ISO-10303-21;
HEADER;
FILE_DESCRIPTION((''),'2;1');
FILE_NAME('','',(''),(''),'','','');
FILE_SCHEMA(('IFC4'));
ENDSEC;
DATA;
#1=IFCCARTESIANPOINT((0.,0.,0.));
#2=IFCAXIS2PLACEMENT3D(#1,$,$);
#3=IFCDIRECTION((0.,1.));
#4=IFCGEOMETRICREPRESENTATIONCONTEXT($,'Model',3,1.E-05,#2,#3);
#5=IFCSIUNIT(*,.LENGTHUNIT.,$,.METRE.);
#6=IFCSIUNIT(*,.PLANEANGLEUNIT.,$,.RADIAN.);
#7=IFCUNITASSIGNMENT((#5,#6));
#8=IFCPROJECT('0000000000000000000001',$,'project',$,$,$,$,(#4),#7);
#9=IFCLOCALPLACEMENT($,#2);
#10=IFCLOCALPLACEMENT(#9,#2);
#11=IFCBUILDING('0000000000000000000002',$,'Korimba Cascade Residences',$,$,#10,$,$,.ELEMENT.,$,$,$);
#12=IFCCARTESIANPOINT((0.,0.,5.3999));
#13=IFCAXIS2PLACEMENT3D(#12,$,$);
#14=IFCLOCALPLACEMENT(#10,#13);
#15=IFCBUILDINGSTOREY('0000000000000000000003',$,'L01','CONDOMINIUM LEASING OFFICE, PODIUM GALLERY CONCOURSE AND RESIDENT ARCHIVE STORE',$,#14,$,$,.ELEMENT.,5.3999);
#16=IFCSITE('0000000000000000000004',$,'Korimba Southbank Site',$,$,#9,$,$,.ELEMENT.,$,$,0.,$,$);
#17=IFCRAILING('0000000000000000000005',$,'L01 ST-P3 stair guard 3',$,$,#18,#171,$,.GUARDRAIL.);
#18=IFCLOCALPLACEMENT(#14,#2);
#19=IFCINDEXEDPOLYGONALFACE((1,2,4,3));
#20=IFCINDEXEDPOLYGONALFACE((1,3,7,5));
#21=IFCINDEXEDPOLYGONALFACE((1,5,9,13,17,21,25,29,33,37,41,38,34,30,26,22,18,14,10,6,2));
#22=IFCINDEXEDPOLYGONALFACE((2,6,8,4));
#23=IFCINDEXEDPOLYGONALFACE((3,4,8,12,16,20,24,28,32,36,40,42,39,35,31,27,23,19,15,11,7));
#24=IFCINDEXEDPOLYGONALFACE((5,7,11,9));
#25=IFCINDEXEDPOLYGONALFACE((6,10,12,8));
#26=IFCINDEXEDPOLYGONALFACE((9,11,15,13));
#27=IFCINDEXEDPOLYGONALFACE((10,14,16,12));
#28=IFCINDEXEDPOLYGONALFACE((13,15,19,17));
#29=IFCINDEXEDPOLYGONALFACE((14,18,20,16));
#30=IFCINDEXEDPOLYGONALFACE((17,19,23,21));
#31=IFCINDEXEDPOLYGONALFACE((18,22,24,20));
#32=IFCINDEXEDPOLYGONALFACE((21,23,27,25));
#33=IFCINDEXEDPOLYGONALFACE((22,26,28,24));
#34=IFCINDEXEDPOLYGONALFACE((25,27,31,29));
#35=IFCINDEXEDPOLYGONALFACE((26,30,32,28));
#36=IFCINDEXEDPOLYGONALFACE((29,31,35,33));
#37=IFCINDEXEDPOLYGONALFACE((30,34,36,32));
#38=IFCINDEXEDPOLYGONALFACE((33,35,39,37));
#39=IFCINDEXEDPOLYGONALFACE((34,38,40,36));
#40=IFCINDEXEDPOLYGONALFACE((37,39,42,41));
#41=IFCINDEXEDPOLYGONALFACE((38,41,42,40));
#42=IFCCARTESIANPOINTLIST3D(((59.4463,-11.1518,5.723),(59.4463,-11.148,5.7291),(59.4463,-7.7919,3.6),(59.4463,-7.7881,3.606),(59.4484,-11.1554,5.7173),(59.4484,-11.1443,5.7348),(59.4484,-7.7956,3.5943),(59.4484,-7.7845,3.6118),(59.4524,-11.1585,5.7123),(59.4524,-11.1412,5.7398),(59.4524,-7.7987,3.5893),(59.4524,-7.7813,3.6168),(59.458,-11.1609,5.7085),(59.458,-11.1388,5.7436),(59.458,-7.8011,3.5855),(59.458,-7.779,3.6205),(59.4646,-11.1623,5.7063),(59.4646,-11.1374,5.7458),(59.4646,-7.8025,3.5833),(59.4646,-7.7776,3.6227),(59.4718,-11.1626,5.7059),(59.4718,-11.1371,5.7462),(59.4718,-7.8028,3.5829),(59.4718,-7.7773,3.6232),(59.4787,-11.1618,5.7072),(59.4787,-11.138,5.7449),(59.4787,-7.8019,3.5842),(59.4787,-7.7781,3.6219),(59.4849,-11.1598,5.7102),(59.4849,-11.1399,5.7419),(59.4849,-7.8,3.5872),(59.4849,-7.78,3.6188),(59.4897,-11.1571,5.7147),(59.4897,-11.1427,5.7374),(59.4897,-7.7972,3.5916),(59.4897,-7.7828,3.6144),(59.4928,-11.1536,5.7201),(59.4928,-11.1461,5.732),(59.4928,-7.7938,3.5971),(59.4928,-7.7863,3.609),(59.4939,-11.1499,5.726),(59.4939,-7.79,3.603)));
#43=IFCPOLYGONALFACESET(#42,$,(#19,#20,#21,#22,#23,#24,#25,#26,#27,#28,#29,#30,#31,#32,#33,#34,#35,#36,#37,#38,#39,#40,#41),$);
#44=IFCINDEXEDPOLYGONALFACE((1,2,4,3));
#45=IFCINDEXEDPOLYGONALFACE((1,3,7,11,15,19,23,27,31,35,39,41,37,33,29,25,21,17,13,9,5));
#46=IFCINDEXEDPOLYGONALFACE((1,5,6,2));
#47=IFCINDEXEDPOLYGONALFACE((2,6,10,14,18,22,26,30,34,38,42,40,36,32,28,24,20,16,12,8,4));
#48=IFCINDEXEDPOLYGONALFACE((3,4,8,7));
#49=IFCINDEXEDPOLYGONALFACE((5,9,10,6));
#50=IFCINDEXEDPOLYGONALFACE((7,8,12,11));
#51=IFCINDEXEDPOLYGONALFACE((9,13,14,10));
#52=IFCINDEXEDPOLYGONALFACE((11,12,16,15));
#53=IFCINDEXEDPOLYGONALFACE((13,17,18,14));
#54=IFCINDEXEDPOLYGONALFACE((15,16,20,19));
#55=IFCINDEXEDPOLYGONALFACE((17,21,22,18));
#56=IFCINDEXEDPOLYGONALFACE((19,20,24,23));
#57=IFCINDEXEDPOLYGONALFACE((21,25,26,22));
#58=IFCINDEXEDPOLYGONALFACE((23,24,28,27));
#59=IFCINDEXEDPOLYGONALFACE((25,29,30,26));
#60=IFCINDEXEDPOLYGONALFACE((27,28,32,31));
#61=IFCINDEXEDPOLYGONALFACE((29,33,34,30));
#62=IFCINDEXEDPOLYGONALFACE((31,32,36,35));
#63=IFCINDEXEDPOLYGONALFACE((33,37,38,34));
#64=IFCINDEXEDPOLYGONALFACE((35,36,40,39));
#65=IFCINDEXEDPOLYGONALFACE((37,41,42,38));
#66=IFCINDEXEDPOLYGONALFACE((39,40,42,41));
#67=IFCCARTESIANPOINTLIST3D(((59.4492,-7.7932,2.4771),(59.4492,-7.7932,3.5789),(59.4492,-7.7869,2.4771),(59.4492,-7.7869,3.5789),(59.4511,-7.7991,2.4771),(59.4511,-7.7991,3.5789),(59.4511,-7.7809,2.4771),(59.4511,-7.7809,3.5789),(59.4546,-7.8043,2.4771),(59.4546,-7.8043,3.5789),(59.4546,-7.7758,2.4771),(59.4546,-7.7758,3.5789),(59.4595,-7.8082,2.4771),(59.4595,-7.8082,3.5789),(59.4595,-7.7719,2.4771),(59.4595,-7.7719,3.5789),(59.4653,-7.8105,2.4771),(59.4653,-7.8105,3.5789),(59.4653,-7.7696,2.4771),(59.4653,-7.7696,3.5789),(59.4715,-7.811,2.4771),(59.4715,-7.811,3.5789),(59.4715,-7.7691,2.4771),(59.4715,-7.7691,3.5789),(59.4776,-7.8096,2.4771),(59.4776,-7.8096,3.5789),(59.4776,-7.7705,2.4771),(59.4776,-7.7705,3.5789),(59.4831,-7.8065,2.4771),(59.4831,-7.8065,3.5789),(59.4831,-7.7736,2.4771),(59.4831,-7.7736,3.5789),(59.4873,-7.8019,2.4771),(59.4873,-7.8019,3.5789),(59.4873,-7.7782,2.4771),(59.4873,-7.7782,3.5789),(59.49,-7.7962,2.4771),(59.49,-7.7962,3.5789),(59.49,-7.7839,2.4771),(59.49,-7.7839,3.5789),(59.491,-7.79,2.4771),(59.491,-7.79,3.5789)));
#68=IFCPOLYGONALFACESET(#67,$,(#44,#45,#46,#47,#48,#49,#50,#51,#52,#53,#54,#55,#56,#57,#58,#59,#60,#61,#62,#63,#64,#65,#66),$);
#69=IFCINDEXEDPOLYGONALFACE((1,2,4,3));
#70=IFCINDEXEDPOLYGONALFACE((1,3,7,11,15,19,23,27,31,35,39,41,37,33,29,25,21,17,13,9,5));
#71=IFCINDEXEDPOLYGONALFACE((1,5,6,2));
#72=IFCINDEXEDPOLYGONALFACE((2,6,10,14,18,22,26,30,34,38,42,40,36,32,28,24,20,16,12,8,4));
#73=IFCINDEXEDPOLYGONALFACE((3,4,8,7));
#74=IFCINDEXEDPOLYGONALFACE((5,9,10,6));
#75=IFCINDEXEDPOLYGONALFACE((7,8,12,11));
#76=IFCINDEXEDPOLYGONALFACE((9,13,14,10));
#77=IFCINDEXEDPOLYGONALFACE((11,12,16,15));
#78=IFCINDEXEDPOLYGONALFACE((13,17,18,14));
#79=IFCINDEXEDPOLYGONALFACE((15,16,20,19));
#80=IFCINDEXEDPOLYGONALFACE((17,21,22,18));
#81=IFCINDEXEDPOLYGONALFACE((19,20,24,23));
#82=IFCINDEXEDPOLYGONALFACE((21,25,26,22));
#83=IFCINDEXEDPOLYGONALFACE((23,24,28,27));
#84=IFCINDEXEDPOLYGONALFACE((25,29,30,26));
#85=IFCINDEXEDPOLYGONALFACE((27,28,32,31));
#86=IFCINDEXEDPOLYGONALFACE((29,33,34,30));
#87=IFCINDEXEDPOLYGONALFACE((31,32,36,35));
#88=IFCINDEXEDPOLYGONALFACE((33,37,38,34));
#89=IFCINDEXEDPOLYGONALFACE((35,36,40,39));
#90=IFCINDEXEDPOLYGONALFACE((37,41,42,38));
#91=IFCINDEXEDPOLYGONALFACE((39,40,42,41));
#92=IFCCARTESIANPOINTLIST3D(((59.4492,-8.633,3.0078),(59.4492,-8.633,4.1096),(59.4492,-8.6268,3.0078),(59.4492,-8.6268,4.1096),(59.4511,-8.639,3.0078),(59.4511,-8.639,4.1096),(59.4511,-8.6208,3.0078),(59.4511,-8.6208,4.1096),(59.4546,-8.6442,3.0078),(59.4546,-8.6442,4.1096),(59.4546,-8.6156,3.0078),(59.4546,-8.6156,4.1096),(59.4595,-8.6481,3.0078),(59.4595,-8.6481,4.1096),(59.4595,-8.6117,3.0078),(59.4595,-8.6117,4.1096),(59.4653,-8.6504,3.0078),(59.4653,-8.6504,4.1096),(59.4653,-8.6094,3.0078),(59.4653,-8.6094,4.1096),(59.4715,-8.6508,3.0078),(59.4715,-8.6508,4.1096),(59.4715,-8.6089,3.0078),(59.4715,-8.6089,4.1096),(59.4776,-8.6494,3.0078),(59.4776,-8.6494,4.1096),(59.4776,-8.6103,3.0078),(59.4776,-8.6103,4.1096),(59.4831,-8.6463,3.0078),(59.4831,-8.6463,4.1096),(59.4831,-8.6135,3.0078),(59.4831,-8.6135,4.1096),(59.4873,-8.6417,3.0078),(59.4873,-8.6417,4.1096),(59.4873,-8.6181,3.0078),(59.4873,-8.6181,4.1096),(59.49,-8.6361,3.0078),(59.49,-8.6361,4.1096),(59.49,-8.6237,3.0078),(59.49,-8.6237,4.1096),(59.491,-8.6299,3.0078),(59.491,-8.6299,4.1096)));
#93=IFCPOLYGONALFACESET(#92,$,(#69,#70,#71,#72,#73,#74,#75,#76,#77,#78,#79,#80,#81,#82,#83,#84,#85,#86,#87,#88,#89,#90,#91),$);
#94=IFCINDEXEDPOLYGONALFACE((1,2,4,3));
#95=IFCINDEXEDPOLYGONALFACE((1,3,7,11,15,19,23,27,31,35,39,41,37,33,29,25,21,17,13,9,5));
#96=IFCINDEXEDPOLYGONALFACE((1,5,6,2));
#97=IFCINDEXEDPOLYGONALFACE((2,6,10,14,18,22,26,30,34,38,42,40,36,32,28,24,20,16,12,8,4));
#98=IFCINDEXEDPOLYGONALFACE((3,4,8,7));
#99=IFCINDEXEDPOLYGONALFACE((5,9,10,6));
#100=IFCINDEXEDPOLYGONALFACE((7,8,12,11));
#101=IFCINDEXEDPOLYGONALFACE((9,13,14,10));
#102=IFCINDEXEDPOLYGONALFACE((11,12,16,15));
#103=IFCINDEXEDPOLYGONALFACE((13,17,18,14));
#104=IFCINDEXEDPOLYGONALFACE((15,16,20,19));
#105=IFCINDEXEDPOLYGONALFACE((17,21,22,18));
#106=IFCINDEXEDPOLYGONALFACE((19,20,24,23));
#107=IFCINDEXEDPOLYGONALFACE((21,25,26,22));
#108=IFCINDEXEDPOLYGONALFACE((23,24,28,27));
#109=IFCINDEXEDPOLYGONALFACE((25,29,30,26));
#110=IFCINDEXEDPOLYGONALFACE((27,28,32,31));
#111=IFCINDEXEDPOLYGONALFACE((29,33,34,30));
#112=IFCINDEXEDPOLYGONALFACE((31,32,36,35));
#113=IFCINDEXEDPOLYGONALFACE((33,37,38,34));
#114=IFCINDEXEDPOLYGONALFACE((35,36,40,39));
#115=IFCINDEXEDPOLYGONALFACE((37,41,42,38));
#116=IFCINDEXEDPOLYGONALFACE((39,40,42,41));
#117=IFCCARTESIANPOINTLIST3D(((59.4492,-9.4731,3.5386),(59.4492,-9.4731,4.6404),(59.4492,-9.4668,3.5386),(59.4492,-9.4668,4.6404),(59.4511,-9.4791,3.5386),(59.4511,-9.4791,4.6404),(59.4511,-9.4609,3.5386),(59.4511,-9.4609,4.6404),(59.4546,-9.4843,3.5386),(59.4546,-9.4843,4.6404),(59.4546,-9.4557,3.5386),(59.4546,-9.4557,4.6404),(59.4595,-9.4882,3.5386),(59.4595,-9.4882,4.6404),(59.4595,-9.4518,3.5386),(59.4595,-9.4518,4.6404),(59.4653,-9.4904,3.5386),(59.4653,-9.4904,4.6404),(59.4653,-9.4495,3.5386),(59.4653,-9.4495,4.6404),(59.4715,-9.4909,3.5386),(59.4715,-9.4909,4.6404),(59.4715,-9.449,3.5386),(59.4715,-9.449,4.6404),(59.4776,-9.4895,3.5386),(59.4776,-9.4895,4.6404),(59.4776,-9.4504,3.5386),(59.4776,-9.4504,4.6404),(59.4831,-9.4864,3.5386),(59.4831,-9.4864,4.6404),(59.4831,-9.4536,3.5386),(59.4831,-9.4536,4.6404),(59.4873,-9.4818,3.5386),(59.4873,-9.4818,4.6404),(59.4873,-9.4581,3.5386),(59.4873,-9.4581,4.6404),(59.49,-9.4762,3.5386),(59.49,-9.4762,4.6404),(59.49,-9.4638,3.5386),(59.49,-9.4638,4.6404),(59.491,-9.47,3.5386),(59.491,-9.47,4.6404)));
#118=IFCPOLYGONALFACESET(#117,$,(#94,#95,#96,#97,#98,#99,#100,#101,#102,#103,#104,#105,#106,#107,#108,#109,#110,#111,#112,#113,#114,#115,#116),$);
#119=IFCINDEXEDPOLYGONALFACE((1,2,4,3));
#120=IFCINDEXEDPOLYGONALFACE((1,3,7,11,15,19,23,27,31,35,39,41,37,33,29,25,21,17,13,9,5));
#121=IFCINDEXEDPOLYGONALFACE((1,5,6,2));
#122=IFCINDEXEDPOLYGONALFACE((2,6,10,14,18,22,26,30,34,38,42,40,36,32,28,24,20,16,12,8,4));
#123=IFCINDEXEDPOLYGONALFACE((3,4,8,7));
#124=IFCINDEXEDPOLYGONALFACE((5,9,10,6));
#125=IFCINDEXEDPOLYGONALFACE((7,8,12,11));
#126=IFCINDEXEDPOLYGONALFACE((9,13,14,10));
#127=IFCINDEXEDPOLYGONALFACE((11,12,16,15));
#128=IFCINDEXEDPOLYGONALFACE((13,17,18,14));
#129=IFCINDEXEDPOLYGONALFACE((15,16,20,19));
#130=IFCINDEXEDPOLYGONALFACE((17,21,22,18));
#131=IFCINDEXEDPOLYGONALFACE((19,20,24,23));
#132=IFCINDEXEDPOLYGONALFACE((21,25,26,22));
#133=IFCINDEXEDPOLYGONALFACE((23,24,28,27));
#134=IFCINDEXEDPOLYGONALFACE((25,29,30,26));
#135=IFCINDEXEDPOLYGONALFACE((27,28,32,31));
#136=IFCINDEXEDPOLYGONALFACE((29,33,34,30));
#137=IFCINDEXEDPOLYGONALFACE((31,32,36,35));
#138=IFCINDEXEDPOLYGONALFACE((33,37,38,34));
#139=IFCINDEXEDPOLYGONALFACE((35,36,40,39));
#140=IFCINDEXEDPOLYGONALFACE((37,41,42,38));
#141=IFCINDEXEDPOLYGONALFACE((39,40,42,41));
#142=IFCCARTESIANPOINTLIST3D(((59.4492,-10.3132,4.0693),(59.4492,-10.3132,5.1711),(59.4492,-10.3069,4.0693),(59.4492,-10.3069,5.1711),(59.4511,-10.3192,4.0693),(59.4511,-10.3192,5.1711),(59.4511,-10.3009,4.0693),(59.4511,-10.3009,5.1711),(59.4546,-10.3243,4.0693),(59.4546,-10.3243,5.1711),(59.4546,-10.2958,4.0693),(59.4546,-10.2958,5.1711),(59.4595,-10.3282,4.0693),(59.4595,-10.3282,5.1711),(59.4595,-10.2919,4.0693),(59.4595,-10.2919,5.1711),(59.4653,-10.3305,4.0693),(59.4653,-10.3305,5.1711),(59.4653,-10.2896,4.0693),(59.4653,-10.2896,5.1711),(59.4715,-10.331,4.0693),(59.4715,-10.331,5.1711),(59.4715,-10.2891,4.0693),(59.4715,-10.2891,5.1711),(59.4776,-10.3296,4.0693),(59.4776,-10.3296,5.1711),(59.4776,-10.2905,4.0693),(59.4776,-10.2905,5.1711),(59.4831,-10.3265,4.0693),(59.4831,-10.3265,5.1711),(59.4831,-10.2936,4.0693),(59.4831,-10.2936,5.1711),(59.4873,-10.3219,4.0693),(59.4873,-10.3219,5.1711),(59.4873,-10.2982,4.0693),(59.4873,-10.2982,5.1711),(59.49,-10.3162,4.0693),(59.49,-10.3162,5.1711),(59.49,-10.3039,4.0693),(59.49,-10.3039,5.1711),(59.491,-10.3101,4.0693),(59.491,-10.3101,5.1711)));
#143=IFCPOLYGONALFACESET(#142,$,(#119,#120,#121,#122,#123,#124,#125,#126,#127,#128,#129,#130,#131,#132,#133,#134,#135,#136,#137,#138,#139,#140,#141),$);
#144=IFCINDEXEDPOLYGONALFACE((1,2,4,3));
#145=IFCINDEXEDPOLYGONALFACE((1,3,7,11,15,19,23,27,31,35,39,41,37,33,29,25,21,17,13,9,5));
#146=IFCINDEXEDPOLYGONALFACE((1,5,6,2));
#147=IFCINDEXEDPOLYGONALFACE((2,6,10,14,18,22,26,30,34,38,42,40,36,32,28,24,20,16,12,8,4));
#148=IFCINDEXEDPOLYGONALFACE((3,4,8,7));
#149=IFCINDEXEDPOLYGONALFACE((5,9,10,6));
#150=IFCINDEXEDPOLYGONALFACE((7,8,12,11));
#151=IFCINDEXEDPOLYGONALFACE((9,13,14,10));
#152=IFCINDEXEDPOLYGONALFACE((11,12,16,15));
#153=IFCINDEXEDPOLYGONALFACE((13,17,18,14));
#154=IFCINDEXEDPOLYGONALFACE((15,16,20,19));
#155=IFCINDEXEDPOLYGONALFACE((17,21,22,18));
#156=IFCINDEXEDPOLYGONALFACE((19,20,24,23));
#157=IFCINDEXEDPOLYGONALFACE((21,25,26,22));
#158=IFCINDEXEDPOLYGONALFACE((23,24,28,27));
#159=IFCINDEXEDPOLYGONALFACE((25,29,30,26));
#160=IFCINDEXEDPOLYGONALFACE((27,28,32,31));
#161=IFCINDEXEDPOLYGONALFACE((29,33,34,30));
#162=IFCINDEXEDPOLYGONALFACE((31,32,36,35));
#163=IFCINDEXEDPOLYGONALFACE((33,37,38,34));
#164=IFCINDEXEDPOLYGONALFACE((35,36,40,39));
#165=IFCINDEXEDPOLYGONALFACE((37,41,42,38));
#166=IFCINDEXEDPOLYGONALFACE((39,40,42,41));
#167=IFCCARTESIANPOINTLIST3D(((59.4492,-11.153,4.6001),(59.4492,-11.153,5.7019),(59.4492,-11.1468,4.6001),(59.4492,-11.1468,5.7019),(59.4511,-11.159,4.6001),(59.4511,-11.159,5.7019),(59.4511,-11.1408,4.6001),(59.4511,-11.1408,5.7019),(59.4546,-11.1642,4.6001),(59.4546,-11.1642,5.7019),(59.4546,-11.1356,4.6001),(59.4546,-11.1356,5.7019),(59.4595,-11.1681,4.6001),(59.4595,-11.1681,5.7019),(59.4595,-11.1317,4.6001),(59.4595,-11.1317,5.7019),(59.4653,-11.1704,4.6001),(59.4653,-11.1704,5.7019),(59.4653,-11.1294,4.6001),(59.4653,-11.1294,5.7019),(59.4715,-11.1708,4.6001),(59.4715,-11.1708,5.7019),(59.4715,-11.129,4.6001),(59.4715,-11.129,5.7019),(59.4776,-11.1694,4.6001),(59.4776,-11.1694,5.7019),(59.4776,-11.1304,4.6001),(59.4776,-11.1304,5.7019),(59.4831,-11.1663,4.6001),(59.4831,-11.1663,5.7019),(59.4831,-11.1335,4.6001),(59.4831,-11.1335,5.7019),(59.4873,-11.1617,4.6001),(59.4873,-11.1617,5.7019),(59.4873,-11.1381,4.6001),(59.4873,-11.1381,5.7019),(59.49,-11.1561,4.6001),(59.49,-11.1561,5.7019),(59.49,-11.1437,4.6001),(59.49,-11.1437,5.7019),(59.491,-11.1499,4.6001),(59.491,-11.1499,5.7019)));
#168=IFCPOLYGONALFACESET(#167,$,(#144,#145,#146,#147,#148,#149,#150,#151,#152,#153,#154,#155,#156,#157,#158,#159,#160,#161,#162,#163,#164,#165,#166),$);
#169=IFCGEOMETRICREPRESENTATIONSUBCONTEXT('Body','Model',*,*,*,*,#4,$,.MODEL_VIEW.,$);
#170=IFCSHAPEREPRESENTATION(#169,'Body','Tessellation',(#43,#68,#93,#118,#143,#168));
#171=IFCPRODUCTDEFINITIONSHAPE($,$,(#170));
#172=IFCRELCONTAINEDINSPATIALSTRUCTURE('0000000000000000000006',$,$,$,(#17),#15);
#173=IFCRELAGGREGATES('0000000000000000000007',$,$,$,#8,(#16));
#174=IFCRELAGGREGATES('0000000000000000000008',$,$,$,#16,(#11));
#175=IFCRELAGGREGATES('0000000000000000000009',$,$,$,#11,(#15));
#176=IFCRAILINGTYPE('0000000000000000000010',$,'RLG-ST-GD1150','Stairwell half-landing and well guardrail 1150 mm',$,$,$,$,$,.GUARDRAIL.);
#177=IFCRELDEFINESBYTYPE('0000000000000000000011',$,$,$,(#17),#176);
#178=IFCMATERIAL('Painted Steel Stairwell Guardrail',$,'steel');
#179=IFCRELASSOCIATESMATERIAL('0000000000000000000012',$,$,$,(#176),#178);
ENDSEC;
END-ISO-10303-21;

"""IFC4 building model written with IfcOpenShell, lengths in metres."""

from ifc_helpers import new_model, si_unit, direction, frame, origin, origin_2d, place, context, subcontext, project, spatial, circle, extrude, material, type_object, element, save


model = new_model("IFC4")

# Units and contexts
model_context = context("Model", 3, precision=1e-05, world=origin(), true_north=direction((0.0, 1.0)))
body_context = subcontext(model_context, "Body", "Model", "MODEL_VIEW")
ifc_project = project(units=[si_unit("LENGTHUNIT", "METRE"), si_unit("PLANEANGLEUNIT", "RADIAN")], contexts=[model_context])

# Site, building, storey
site_placement = place(None, origin())
site = spatial("IfcSite", under=ifc_project, at=site_placement, Name="Korimba Southbank Site", CompositionType="ELEMENT", RefElevation=0.0)
building_placement = place(site_placement, origin())
building = spatial("IfcBuilding", under=site, at=building_placement, Name="Korimba Cascade Residences", CompositionType="ELEMENT")
storey_placement = place(building_placement, frame((0.0, 0.0, 5.3999)))
storey = spatial("IfcBuildingStorey", under=building, at=storey_placement, Name="L01", Description="CONDOMINIUM LEASING OFFICE, PODIUM GALLERY CONCOURSE AND RESIDENT ARCHIVE STORE", CompositionType="ELEMENT", Elevation=5.3999)

# Railing
ifc_material_1 = material(Name="Painted Steel Stairwell Guardrail", Category="steel")
railing_type_1 = type_object("IfcRailingType", Name="RLG-ST-GD1150", Description="Stairwell half-landing and well guardrail 1150 mm", PredefinedType="GUARDRAIL", material=ifc_material_1)
railing_1_placement = place(storey_placement, frame((59.47, -7.79, 2.4771)))
element("IfcRailing", 1, at=railing_1_placement, inside=storey, type_object=railing_type_1, Name="L01 ST-P3 stair guard 3", PredefinedType="GUARDRAIL", context=body_context, shape_type="SweptSolid", body=[
    extrude(circle(Radius=0.0239, at=origin_2d()), frame((0.0, 0.0, 1.126), z_axis=(0.0, -0.845372, 0.534178), x_axis=(1.0, 0.0, 0.0)), (0.0, 0.0, 1.0), 3.9744),
    extrude(circle(Radius=0.021, at=origin_2d()), origin(), (0.0, 0.0, 1.0), 1.1018),
    extrude(circle(Radius=0.021, at=origin_2d()), frame((0.0, -0.8398, 0.5308)), (0.0, 0.0, 1.0), 1.1018),
    extrude(circle(Radius=0.021, at=origin_2d()), frame((0.0, -1.6799, 1.0615)), (0.0, 0.0, 1.0), 1.1018),
    extrude(circle(Radius=0.021, at=origin_2d()), frame((0.0, -2.52, 1.5923)), (0.0, 0.0, 1.0), 1.1018),
    extrude(circle(Radius=0.021, at=origin_2d()), frame((0.0, -3.3599, 2.123)), (0.0, 0.0, 1.0), 1.1018),
])

save(model, "model.ifc")
